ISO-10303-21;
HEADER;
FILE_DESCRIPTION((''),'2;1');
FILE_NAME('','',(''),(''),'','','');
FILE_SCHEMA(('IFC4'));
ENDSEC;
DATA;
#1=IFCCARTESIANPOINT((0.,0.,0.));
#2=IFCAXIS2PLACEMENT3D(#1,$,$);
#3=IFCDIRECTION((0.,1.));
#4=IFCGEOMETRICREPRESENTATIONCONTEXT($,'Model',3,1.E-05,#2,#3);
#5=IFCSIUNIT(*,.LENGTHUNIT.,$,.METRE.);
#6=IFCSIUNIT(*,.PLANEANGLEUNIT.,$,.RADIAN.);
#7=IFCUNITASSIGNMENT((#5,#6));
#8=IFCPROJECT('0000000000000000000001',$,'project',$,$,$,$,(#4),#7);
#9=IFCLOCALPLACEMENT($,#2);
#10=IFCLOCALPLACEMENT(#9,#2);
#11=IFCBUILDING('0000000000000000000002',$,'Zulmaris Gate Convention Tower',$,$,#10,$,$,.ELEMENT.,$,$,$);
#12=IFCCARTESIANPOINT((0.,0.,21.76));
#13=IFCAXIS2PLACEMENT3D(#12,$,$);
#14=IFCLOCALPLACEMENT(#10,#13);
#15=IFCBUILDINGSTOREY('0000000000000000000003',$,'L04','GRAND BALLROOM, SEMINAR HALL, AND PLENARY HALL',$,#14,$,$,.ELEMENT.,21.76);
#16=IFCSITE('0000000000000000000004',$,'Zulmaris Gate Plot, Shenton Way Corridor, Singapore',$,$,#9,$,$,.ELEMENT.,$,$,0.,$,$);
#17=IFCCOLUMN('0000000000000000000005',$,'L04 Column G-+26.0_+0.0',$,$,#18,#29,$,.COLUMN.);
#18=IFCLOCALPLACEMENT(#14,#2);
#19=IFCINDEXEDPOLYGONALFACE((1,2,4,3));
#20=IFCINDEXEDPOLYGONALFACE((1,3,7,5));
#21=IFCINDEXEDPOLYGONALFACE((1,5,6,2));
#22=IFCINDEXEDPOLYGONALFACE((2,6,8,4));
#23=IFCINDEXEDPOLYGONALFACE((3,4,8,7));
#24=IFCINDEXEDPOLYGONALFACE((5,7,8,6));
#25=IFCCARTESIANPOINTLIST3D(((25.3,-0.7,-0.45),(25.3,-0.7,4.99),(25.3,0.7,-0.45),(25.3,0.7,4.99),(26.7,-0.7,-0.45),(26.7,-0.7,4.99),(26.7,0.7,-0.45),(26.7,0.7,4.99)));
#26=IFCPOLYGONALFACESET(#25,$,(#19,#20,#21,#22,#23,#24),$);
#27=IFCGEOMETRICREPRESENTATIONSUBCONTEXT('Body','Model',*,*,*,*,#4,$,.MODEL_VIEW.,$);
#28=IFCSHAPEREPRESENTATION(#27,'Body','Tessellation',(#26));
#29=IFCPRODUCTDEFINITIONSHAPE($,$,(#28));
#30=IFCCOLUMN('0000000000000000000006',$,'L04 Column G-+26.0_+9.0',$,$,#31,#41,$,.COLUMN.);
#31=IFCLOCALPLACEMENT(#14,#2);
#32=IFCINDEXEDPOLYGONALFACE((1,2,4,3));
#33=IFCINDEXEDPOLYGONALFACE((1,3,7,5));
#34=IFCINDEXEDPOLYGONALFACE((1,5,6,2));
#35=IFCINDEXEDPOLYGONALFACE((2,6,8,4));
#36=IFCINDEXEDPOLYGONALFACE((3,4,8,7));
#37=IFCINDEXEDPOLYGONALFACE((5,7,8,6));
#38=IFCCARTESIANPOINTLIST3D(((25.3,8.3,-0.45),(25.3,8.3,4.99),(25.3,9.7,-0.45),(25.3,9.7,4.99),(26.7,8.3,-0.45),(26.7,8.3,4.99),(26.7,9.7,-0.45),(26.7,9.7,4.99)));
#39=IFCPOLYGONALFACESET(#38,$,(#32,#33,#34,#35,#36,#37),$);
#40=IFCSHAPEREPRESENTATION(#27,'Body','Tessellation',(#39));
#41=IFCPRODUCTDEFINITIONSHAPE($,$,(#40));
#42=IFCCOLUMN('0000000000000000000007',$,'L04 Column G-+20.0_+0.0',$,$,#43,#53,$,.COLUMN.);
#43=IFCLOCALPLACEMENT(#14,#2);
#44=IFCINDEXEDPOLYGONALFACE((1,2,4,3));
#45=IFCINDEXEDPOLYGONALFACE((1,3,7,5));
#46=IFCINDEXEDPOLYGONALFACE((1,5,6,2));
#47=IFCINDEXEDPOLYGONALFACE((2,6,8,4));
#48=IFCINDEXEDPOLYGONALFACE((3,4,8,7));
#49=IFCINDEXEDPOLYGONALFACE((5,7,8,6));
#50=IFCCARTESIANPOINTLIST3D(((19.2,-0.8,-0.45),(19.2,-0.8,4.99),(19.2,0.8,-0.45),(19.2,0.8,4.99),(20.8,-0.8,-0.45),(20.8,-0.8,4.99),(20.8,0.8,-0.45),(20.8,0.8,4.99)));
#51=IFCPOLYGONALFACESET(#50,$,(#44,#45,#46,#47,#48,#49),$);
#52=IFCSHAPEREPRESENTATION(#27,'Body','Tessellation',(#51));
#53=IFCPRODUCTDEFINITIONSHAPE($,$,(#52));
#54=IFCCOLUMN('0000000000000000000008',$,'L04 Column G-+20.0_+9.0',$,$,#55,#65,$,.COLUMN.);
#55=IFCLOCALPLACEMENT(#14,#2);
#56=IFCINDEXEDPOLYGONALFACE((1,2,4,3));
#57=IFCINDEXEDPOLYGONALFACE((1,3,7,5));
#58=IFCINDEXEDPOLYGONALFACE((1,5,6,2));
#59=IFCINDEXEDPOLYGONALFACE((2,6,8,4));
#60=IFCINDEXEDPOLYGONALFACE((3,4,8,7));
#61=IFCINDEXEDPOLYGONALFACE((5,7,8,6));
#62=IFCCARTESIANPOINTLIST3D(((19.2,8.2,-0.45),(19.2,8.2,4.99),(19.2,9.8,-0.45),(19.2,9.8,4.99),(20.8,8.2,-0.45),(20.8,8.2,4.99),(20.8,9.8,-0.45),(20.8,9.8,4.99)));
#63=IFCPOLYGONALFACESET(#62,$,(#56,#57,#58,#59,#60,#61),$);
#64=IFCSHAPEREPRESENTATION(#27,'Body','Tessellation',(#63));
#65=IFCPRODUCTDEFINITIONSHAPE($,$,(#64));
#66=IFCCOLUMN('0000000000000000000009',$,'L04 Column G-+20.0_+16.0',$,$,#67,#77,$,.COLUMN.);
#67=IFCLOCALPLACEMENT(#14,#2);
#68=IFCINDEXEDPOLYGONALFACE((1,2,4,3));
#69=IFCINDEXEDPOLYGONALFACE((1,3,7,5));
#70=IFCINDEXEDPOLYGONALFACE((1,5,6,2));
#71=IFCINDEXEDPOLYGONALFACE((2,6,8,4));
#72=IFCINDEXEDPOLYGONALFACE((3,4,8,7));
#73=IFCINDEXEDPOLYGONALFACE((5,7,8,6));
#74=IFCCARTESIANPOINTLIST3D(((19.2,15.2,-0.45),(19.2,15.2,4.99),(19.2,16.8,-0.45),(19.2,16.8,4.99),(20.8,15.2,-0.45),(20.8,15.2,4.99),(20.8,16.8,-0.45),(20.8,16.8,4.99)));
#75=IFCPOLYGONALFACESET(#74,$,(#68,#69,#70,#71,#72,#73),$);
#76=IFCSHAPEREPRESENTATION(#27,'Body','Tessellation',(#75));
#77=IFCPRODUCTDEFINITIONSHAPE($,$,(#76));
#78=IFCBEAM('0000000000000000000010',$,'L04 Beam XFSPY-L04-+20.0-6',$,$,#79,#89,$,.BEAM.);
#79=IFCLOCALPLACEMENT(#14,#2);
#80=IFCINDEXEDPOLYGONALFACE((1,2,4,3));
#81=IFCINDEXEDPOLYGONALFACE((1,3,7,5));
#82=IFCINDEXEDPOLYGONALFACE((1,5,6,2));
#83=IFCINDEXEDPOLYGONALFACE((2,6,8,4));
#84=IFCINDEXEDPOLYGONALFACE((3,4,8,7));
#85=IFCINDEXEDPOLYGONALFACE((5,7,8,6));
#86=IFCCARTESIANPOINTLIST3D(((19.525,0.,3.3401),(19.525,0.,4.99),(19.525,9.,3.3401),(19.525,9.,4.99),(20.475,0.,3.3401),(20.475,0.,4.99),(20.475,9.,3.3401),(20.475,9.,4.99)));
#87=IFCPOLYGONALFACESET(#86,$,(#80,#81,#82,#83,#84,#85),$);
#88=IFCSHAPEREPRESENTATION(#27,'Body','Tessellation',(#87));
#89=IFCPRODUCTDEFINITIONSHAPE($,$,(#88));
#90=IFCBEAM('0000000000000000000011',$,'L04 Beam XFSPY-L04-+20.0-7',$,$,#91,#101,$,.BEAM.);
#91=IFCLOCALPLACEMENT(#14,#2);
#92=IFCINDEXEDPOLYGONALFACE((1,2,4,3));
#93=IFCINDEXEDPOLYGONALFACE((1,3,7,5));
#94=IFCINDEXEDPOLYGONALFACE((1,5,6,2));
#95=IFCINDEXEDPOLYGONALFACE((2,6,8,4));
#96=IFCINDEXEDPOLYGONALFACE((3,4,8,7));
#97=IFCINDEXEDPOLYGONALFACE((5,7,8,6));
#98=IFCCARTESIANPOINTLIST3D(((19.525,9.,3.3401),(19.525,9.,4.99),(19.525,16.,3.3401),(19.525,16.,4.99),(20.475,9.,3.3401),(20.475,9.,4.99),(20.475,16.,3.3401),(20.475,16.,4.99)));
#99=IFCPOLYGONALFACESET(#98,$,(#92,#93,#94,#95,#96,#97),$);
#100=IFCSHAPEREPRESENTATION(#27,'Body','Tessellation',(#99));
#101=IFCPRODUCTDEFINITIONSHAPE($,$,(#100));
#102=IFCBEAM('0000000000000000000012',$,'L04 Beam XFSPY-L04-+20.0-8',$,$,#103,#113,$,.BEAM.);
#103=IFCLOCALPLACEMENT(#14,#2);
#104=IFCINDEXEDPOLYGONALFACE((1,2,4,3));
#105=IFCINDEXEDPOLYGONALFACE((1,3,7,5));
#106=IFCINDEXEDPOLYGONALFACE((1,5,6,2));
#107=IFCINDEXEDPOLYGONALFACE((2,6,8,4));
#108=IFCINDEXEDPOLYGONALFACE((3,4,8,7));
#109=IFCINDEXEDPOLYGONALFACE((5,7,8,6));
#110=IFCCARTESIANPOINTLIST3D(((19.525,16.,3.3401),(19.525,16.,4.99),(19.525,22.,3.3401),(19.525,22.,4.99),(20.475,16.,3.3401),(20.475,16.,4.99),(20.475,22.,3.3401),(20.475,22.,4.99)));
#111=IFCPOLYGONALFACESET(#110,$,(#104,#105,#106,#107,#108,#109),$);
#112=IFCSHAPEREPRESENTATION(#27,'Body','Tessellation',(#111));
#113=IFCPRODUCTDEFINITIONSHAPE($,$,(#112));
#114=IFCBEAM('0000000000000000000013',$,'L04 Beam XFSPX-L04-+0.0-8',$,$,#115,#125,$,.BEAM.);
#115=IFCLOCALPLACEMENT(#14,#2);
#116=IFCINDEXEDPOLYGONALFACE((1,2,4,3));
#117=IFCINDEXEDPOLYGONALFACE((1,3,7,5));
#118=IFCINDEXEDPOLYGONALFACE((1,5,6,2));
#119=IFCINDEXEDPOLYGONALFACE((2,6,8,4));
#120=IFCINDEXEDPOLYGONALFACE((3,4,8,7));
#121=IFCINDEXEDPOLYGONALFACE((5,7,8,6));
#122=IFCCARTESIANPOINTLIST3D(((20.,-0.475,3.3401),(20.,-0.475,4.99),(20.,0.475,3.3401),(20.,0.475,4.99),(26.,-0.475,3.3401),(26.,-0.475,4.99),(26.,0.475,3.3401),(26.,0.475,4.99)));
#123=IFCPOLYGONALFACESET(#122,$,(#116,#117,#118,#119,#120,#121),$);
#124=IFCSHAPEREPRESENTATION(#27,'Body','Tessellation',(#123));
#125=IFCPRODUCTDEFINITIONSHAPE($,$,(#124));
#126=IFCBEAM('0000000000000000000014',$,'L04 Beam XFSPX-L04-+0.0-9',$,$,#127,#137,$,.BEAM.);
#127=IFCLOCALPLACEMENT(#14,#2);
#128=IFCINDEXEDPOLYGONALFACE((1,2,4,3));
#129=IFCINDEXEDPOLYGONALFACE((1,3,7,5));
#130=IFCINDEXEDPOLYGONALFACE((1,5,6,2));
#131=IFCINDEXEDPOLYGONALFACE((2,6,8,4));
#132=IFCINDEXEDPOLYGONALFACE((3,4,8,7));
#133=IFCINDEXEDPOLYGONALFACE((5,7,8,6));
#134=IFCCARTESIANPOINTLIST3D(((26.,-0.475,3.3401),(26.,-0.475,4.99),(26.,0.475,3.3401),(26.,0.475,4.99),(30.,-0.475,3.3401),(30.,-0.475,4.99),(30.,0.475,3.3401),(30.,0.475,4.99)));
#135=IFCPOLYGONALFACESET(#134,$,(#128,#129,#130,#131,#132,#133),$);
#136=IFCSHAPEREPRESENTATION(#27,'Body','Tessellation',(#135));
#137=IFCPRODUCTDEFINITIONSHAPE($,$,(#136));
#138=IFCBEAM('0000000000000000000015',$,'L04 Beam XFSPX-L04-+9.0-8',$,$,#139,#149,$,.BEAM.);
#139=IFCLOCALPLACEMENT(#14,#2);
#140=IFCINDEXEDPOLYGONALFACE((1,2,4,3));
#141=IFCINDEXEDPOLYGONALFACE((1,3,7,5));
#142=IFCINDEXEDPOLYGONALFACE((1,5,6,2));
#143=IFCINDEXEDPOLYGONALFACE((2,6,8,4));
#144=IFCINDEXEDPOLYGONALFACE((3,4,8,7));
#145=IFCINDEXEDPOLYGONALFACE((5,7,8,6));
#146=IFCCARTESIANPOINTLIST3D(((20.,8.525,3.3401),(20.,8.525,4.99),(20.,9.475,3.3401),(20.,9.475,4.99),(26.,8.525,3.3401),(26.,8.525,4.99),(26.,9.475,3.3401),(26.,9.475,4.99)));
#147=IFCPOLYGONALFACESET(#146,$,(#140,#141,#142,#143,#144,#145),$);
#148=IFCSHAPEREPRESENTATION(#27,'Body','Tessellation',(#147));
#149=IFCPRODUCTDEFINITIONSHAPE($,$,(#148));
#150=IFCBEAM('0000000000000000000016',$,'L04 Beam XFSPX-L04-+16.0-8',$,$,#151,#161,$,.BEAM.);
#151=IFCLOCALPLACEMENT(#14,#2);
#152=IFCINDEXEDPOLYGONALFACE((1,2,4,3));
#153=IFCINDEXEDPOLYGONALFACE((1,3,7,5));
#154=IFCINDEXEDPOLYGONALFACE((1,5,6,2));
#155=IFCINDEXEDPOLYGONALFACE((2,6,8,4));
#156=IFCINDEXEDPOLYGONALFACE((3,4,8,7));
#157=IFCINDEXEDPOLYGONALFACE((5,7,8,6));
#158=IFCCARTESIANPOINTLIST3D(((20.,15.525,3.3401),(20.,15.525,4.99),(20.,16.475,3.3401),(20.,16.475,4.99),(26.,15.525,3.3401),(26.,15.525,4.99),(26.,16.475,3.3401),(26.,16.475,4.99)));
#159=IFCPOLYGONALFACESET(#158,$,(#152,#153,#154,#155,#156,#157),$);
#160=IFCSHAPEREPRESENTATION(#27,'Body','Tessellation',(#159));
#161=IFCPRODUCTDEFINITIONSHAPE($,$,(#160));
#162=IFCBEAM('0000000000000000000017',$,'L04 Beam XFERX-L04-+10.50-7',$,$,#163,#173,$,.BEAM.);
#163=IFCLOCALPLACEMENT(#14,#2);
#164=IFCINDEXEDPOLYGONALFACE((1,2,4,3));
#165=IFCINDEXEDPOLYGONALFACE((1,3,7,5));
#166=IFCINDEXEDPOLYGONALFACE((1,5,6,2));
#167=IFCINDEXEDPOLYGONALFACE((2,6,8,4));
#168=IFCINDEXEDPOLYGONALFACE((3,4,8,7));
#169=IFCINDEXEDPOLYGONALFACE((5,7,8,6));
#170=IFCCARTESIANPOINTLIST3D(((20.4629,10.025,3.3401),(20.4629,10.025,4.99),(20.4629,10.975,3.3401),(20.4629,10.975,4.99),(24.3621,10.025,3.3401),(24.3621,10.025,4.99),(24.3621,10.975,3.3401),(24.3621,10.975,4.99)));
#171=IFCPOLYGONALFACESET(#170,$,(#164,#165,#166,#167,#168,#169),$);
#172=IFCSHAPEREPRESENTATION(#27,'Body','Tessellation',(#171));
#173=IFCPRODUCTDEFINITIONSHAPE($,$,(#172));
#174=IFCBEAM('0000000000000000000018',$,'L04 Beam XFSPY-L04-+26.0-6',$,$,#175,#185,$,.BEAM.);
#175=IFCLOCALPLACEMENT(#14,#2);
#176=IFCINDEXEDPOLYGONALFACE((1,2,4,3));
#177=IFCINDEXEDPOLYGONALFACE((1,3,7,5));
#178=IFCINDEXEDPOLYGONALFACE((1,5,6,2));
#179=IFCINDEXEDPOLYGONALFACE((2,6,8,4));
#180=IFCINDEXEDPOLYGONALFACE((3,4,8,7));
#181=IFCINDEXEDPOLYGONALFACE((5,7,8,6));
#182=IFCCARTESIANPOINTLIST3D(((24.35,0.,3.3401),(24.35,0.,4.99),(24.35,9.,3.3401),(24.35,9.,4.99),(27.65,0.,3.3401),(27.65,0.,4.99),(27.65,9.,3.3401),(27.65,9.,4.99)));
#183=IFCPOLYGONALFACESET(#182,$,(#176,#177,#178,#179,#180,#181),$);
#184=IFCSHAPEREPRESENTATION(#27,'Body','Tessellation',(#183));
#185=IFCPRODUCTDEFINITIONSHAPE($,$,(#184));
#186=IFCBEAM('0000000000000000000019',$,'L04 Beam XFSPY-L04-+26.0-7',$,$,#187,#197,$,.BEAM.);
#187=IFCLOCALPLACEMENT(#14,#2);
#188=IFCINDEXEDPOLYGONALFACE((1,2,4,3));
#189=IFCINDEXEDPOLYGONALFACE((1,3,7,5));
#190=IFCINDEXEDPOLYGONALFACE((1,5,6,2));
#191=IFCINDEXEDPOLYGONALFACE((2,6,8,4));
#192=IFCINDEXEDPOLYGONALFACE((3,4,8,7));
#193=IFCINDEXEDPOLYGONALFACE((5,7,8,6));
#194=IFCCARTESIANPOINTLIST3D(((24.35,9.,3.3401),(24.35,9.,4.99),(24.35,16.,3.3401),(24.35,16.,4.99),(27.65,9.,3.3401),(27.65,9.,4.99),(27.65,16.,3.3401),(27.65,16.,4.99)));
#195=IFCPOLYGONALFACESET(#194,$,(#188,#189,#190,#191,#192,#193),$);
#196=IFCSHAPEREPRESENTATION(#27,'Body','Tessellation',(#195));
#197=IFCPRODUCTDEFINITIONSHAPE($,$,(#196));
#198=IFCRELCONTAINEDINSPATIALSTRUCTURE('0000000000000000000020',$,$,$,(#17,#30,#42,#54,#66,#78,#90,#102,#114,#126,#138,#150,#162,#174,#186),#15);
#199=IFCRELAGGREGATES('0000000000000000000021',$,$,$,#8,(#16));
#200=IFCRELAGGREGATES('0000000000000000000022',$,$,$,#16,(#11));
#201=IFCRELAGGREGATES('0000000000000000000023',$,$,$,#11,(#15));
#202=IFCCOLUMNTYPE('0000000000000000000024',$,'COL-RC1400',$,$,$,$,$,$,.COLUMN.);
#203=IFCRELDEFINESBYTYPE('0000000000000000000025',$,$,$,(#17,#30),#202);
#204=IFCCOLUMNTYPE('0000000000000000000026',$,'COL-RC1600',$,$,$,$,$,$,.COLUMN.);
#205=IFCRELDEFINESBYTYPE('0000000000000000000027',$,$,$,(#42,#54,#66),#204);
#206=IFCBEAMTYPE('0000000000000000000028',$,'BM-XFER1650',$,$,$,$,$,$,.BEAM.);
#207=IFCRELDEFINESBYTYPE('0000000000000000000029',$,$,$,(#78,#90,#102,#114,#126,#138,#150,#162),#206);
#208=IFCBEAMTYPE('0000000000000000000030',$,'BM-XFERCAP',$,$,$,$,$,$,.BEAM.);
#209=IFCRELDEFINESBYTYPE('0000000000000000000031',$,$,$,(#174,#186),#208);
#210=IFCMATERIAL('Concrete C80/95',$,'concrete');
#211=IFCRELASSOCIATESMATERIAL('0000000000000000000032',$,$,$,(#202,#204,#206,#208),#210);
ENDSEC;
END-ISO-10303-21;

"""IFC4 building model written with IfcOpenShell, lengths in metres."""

from ifc_helpers import new_model, si_unit, direction, frame, origin, origin_2d, place, context, subcontext, project, spatial, rectangle, extrude, material, material_profile, profile_set, type_object, element, save


model = new_model("IFC4")

# Units and contexts
model_context = context("Model", 3, precision=1e-05, world=origin(), true_north=direction((0.0, 1.0)))
body_context = subcontext(model_context, "Body", "Model", "MODEL_VIEW")
ifc_project = project(units=[si_unit("LENGTHUNIT", "METRE"), si_unit("PLANEANGLEUNIT", "RADIAN")], contexts=[model_context])

# Site, building, storey
site_placement = place(None, origin())
site = spatial("IfcSite", under=ifc_project, at=site_placement, Name="Zulmaris Gate Plot, Shenton Way Corridor, Singapore", CompositionType="ELEMENT", RefElevation=0.0)
building_placement = place(site_placement, origin())
building = spatial("IfcBuilding", under=site, at=building_placement, Name="Zulmaris Gate Convention Tower", CompositionType="ELEMENT")
storey_placement = place(building_placement, frame((0.0, 0.0, 21.76)))
storey = spatial("IfcBuildingStorey", under=building, at=storey_placement, Name="L04", Description="GRAND BALLROOM, SEMINAR HALL, AND PLENARY HALL", CompositionType="ELEMENT", Elevation=21.76)

# Columns
ifc_material_1 = material(Name="Concrete C80/95", Category="concrete")
ifc_material_profile_1 = material_profile(ifc_material_1, rectangle(XDim=1.3999, YDim=1.3999, at=origin_2d()), Name="RC COL 1400x1400")
ifc_profile_set_1 = profile_set([ifc_material_profile_1], Name="Concrete C80/95")
column_type_1 = type_object("IfcColumnType", Name="COL-RC1400", PredefinedType="COLUMN", material=ifc_profile_set_1)
for number, where, z_axis, x_axis, name in (
    (1, (26.0, 0.0, -0.45), (0.0, 0.0, 1.0), (1.0, 0.0, 0.0), "L04 Column G-+26.0_+0.0"),
    (2, (26.0, 9.0, -0.45), (0.0, 0.0, 1.0), (1.0, 0.0, 0.0), "L04 Column G-+26.0_+9.0"),
):
    element("IfcColumn", number, at=place(storey_placement, frame(where, z_axis=z_axis, x_axis=x_axis)), inside=storey, type_object=column_type_1, Name=name, PredefinedType="COLUMN", context=body_context, shape_type="SweptSolid", body=[
        extrude(rectangle(XDim=1.3999, YDim=1.3999, at=origin_2d()), origin(), (0.0, 0.0, 1.0), 5.4399),
    ])
ifc_material_profile_2 = material_profile(ifc_material_1, rectangle(XDim=1.6001, YDim=1.6001, at=origin_2d()), Name="RC COL 1600x1600")
ifc_profile_set_2 = profile_set([ifc_material_profile_2], Name="Concrete C80/95")
column_type_2 = type_object("IfcColumnType", Name="COL-RC1600", PredefinedType="COLUMN", material=ifc_profile_set_2)
for number, where, z_axis, x_axis, name in (
    (3, (20.0, 0.0, -0.45), (0.0, 0.0, 1.0), (1.0, 0.0, 0.0), "L04 Column G-+20.0_+0.0"),
    (4, (20.0, 9.0, -0.45), (0.0, 0.0, 1.0), (1.0, 0.0, 0.0), "L04 Column G-+20.0_+9.0"),
    (5, (20.0, 16.0, -0.45), (0.0, 0.0, 1.0), (1.0, 0.0, 0.0), "L04 Column G-+20.0_+16.0"),
):
    element("IfcColumn", number, at=place(storey_placement, frame(where, z_axis=z_axis, x_axis=x_axis)), inside=storey, type_object=column_type_2, Name=name, PredefinedType="COLUMN", context=body_context, shape_type="SweptSolid", body=[
        extrude(rectangle(XDim=1.6001, YDim=1.6001, at=origin_2d()), origin(), (0.0, 0.0, 1.0), 5.4399),
    ])

# Beams
ifc_material_profile_3 = material_profile(ifc_material_1, rectangle(XDim=0.95, YDim=1.6499, at=origin_2d()), Name="RC TRANSFER 950x1650")
ifc_profile_set_3 = profile_set([ifc_material_profile_3], Name="Concrete C80/95")
beam_type_1 = type_object("IfcBeamType", Name="BM-XFER1650", PredefinedType="BEAM", material=ifc_profile_set_3)
beam_1_placement = place(storey_placement, frame((20.0, 0.0, 4.165), z_axis=(0.0, 1.0, 0.0), x_axis=(-1.0, 0.0, 0.0)))
element("IfcBeam", 6, at=beam_1_placement, inside=storey, type_object=beam_type_1, Name="L04 Beam XFSPY-L04-+20.0-6", PredefinedType="BEAM", context=body_context, shape_type="SweptSolid", body=[
    extrude(rectangle(XDim=0.95, YDim=1.6499, at=origin_2d()), origin(), (0.0, 0.0, 1.0), 9.0),
])
beam_2_placement = place(storey_placement, frame((20.0, 9.0, 4.165), z_axis=(0.0, 1.0, 0.0), x_axis=(-1.0, 0.0, 0.0)))
element("IfcBeam", 7, at=beam_2_placement, inside=storey, type_object=beam_type_1, Name="L04 Beam XFSPY-L04-+20.0-7", PredefinedType="BEAM", context=body_context, shape_type="SweptSolid", body=[
    extrude(rectangle(XDim=0.95, YDim=1.6499, at=origin_2d()), origin(), (0.0, 0.0, 1.0), 7.0),
])
for number, where, z_axis, x_axis, name in (
    (8, (20.0, 16.0, 4.165), (0.0, 1.0, 0.0), (-1.0, 0.0, 0.0), "L04 Beam XFSPY-L04-+20.0-8"),
    (9, (20.0, 0.0, 4.165), (1.0, 0.0, 0.0), (0.0, 1.0, 0.0), "L04 Beam XFSPX-L04-+0.0-8"),
):
    element("IfcBeam", number, at=place(storey_placement, frame(where, z_axis=z_axis, x_axis=x_axis)), inside=storey, type_object=beam_type_1, Name=name, PredefinedType="BEAM", context=body_context, shape_type="SweptSolid", body=[
        extrude(rectangle(XDim=0.95, YDim=1.6499, at=origin_2d()), origin(), (0.0, 0.0, 1.0), 6.0),
    ])
beam_3_placement = place(storey_placement, frame((26.0, 0.0, 4.165), z_axis=(1.0, 0.0, 0.0), x_axis=(0.0, 1.0, 0.0)))
element("IfcBeam", 10, at=beam_3_placement, inside=storey, type_object=beam_type_1, Name="L04 Beam XFSPX-L04-+0.0-9", PredefinedType="BEAM", context=body_context, shape_type="SweptSolid", body=[
    extrude(rectangle(XDim=0.95, YDim=1.6499, at=origin_2d()), origin(), (0.0, 0.0, 1.0), 4.0),
])
for number, where, z_axis, x_axis, name in (
    (11, (20.0, 9.0, 4.165), (1.0, 0.0, 0.0), (0.0, 1.0, 0.0), "L04 Beam XFSPX-L04-+9.0-8"),
    (12, (20.0, 16.0, 4.165), (1.0, 0.0, 0.0), (0.0, 1.0, 0.0), "L04 Beam XFSPX-L04-+16.0-8"),
):
    element("IfcBeam", number, at=place(storey_placement, frame(where, z_axis=z_axis, x_axis=x_axis)), inside=storey, type_object=beam_type_1, Name=name, PredefinedType="BEAM", context=body_context, shape_type="SweptSolid", body=[
        extrude(rectangle(XDim=0.95, YDim=1.6499, at=origin_2d()), origin(), (0.0, 0.0, 1.0), 6.0),
    ])
beam_4_placement = place(storey_placement, frame((20.4629, 10.5, 4.165), z_axis=(1.0, 0.0, 0.0), x_axis=(0.0, 1.0, 0.0)))
element("IfcBeam", 13, at=beam_4_placement, inside=storey, type_object=beam_type_1, Name="L04 Beam XFERX-L04-+10.50-7", PredefinedType="BEAM", context=body_context, shape_type="SweptSolid", body=[
    extrude(rectangle(XDim=0.95, YDim=1.6499, at=origin_2d()), origin(), (0.0, 0.0, 1.0), 3.8992),
])
ifc_material_profile_4 = material_profile(ifc_material_1, rectangle(XDim=3.3, YDim=1.6499, at=origin_2d()), Name="RC TRANSFER 3300x1650")
ifc_profile_set_4 = profile_set([ifc_material_profile_4], Name="Concrete C80/95")
beam_type_2 = type_object("IfcBeamType", Name="BM-XFERCAP", PredefinedType="BEAM", material=ifc_profile_set_4)
beam_5_placement = place(storey_placement, frame((26.0, 0.0, 4.165), z_axis=(0.0, 1.0, 0.0), x_axis=(-1.0, 0.0, 0.0)))
element("IfcBeam", 14, at=beam_5_placement, inside=storey, type_object=beam_type_2, Name="L04 Beam XFSPY-L04-+26.0-6", PredefinedType="BEAM", context=body_context, shape_type="SweptSolid", body=[
    extrude(rectangle(XDim=3.3, YDim=1.6499, at=origin_2d()), origin(), (0.0, 0.0, 1.0), 9.0),
])
beam_6_placement = place(storey_placement, frame((26.0, 9.0, 4.165), z_axis=(0.0, 1.0, 0.0), x_axis=(-1.0, 0.0, 0.0)))
element("IfcBeam", 15, at=beam_6_placement, inside=storey, type_object=beam_type_2, Name="L04 Beam XFSPY-L04-+26.0-7", PredefinedType="BEAM", context=body_context, shape_type="SweptSolid", body=[
    extrude(rectangle(XDim=3.3, YDim=1.6499, at=origin_2d()), origin(), (0.0, 0.0, 1.0), 7.0),
])

save(model, "model.ifc")
